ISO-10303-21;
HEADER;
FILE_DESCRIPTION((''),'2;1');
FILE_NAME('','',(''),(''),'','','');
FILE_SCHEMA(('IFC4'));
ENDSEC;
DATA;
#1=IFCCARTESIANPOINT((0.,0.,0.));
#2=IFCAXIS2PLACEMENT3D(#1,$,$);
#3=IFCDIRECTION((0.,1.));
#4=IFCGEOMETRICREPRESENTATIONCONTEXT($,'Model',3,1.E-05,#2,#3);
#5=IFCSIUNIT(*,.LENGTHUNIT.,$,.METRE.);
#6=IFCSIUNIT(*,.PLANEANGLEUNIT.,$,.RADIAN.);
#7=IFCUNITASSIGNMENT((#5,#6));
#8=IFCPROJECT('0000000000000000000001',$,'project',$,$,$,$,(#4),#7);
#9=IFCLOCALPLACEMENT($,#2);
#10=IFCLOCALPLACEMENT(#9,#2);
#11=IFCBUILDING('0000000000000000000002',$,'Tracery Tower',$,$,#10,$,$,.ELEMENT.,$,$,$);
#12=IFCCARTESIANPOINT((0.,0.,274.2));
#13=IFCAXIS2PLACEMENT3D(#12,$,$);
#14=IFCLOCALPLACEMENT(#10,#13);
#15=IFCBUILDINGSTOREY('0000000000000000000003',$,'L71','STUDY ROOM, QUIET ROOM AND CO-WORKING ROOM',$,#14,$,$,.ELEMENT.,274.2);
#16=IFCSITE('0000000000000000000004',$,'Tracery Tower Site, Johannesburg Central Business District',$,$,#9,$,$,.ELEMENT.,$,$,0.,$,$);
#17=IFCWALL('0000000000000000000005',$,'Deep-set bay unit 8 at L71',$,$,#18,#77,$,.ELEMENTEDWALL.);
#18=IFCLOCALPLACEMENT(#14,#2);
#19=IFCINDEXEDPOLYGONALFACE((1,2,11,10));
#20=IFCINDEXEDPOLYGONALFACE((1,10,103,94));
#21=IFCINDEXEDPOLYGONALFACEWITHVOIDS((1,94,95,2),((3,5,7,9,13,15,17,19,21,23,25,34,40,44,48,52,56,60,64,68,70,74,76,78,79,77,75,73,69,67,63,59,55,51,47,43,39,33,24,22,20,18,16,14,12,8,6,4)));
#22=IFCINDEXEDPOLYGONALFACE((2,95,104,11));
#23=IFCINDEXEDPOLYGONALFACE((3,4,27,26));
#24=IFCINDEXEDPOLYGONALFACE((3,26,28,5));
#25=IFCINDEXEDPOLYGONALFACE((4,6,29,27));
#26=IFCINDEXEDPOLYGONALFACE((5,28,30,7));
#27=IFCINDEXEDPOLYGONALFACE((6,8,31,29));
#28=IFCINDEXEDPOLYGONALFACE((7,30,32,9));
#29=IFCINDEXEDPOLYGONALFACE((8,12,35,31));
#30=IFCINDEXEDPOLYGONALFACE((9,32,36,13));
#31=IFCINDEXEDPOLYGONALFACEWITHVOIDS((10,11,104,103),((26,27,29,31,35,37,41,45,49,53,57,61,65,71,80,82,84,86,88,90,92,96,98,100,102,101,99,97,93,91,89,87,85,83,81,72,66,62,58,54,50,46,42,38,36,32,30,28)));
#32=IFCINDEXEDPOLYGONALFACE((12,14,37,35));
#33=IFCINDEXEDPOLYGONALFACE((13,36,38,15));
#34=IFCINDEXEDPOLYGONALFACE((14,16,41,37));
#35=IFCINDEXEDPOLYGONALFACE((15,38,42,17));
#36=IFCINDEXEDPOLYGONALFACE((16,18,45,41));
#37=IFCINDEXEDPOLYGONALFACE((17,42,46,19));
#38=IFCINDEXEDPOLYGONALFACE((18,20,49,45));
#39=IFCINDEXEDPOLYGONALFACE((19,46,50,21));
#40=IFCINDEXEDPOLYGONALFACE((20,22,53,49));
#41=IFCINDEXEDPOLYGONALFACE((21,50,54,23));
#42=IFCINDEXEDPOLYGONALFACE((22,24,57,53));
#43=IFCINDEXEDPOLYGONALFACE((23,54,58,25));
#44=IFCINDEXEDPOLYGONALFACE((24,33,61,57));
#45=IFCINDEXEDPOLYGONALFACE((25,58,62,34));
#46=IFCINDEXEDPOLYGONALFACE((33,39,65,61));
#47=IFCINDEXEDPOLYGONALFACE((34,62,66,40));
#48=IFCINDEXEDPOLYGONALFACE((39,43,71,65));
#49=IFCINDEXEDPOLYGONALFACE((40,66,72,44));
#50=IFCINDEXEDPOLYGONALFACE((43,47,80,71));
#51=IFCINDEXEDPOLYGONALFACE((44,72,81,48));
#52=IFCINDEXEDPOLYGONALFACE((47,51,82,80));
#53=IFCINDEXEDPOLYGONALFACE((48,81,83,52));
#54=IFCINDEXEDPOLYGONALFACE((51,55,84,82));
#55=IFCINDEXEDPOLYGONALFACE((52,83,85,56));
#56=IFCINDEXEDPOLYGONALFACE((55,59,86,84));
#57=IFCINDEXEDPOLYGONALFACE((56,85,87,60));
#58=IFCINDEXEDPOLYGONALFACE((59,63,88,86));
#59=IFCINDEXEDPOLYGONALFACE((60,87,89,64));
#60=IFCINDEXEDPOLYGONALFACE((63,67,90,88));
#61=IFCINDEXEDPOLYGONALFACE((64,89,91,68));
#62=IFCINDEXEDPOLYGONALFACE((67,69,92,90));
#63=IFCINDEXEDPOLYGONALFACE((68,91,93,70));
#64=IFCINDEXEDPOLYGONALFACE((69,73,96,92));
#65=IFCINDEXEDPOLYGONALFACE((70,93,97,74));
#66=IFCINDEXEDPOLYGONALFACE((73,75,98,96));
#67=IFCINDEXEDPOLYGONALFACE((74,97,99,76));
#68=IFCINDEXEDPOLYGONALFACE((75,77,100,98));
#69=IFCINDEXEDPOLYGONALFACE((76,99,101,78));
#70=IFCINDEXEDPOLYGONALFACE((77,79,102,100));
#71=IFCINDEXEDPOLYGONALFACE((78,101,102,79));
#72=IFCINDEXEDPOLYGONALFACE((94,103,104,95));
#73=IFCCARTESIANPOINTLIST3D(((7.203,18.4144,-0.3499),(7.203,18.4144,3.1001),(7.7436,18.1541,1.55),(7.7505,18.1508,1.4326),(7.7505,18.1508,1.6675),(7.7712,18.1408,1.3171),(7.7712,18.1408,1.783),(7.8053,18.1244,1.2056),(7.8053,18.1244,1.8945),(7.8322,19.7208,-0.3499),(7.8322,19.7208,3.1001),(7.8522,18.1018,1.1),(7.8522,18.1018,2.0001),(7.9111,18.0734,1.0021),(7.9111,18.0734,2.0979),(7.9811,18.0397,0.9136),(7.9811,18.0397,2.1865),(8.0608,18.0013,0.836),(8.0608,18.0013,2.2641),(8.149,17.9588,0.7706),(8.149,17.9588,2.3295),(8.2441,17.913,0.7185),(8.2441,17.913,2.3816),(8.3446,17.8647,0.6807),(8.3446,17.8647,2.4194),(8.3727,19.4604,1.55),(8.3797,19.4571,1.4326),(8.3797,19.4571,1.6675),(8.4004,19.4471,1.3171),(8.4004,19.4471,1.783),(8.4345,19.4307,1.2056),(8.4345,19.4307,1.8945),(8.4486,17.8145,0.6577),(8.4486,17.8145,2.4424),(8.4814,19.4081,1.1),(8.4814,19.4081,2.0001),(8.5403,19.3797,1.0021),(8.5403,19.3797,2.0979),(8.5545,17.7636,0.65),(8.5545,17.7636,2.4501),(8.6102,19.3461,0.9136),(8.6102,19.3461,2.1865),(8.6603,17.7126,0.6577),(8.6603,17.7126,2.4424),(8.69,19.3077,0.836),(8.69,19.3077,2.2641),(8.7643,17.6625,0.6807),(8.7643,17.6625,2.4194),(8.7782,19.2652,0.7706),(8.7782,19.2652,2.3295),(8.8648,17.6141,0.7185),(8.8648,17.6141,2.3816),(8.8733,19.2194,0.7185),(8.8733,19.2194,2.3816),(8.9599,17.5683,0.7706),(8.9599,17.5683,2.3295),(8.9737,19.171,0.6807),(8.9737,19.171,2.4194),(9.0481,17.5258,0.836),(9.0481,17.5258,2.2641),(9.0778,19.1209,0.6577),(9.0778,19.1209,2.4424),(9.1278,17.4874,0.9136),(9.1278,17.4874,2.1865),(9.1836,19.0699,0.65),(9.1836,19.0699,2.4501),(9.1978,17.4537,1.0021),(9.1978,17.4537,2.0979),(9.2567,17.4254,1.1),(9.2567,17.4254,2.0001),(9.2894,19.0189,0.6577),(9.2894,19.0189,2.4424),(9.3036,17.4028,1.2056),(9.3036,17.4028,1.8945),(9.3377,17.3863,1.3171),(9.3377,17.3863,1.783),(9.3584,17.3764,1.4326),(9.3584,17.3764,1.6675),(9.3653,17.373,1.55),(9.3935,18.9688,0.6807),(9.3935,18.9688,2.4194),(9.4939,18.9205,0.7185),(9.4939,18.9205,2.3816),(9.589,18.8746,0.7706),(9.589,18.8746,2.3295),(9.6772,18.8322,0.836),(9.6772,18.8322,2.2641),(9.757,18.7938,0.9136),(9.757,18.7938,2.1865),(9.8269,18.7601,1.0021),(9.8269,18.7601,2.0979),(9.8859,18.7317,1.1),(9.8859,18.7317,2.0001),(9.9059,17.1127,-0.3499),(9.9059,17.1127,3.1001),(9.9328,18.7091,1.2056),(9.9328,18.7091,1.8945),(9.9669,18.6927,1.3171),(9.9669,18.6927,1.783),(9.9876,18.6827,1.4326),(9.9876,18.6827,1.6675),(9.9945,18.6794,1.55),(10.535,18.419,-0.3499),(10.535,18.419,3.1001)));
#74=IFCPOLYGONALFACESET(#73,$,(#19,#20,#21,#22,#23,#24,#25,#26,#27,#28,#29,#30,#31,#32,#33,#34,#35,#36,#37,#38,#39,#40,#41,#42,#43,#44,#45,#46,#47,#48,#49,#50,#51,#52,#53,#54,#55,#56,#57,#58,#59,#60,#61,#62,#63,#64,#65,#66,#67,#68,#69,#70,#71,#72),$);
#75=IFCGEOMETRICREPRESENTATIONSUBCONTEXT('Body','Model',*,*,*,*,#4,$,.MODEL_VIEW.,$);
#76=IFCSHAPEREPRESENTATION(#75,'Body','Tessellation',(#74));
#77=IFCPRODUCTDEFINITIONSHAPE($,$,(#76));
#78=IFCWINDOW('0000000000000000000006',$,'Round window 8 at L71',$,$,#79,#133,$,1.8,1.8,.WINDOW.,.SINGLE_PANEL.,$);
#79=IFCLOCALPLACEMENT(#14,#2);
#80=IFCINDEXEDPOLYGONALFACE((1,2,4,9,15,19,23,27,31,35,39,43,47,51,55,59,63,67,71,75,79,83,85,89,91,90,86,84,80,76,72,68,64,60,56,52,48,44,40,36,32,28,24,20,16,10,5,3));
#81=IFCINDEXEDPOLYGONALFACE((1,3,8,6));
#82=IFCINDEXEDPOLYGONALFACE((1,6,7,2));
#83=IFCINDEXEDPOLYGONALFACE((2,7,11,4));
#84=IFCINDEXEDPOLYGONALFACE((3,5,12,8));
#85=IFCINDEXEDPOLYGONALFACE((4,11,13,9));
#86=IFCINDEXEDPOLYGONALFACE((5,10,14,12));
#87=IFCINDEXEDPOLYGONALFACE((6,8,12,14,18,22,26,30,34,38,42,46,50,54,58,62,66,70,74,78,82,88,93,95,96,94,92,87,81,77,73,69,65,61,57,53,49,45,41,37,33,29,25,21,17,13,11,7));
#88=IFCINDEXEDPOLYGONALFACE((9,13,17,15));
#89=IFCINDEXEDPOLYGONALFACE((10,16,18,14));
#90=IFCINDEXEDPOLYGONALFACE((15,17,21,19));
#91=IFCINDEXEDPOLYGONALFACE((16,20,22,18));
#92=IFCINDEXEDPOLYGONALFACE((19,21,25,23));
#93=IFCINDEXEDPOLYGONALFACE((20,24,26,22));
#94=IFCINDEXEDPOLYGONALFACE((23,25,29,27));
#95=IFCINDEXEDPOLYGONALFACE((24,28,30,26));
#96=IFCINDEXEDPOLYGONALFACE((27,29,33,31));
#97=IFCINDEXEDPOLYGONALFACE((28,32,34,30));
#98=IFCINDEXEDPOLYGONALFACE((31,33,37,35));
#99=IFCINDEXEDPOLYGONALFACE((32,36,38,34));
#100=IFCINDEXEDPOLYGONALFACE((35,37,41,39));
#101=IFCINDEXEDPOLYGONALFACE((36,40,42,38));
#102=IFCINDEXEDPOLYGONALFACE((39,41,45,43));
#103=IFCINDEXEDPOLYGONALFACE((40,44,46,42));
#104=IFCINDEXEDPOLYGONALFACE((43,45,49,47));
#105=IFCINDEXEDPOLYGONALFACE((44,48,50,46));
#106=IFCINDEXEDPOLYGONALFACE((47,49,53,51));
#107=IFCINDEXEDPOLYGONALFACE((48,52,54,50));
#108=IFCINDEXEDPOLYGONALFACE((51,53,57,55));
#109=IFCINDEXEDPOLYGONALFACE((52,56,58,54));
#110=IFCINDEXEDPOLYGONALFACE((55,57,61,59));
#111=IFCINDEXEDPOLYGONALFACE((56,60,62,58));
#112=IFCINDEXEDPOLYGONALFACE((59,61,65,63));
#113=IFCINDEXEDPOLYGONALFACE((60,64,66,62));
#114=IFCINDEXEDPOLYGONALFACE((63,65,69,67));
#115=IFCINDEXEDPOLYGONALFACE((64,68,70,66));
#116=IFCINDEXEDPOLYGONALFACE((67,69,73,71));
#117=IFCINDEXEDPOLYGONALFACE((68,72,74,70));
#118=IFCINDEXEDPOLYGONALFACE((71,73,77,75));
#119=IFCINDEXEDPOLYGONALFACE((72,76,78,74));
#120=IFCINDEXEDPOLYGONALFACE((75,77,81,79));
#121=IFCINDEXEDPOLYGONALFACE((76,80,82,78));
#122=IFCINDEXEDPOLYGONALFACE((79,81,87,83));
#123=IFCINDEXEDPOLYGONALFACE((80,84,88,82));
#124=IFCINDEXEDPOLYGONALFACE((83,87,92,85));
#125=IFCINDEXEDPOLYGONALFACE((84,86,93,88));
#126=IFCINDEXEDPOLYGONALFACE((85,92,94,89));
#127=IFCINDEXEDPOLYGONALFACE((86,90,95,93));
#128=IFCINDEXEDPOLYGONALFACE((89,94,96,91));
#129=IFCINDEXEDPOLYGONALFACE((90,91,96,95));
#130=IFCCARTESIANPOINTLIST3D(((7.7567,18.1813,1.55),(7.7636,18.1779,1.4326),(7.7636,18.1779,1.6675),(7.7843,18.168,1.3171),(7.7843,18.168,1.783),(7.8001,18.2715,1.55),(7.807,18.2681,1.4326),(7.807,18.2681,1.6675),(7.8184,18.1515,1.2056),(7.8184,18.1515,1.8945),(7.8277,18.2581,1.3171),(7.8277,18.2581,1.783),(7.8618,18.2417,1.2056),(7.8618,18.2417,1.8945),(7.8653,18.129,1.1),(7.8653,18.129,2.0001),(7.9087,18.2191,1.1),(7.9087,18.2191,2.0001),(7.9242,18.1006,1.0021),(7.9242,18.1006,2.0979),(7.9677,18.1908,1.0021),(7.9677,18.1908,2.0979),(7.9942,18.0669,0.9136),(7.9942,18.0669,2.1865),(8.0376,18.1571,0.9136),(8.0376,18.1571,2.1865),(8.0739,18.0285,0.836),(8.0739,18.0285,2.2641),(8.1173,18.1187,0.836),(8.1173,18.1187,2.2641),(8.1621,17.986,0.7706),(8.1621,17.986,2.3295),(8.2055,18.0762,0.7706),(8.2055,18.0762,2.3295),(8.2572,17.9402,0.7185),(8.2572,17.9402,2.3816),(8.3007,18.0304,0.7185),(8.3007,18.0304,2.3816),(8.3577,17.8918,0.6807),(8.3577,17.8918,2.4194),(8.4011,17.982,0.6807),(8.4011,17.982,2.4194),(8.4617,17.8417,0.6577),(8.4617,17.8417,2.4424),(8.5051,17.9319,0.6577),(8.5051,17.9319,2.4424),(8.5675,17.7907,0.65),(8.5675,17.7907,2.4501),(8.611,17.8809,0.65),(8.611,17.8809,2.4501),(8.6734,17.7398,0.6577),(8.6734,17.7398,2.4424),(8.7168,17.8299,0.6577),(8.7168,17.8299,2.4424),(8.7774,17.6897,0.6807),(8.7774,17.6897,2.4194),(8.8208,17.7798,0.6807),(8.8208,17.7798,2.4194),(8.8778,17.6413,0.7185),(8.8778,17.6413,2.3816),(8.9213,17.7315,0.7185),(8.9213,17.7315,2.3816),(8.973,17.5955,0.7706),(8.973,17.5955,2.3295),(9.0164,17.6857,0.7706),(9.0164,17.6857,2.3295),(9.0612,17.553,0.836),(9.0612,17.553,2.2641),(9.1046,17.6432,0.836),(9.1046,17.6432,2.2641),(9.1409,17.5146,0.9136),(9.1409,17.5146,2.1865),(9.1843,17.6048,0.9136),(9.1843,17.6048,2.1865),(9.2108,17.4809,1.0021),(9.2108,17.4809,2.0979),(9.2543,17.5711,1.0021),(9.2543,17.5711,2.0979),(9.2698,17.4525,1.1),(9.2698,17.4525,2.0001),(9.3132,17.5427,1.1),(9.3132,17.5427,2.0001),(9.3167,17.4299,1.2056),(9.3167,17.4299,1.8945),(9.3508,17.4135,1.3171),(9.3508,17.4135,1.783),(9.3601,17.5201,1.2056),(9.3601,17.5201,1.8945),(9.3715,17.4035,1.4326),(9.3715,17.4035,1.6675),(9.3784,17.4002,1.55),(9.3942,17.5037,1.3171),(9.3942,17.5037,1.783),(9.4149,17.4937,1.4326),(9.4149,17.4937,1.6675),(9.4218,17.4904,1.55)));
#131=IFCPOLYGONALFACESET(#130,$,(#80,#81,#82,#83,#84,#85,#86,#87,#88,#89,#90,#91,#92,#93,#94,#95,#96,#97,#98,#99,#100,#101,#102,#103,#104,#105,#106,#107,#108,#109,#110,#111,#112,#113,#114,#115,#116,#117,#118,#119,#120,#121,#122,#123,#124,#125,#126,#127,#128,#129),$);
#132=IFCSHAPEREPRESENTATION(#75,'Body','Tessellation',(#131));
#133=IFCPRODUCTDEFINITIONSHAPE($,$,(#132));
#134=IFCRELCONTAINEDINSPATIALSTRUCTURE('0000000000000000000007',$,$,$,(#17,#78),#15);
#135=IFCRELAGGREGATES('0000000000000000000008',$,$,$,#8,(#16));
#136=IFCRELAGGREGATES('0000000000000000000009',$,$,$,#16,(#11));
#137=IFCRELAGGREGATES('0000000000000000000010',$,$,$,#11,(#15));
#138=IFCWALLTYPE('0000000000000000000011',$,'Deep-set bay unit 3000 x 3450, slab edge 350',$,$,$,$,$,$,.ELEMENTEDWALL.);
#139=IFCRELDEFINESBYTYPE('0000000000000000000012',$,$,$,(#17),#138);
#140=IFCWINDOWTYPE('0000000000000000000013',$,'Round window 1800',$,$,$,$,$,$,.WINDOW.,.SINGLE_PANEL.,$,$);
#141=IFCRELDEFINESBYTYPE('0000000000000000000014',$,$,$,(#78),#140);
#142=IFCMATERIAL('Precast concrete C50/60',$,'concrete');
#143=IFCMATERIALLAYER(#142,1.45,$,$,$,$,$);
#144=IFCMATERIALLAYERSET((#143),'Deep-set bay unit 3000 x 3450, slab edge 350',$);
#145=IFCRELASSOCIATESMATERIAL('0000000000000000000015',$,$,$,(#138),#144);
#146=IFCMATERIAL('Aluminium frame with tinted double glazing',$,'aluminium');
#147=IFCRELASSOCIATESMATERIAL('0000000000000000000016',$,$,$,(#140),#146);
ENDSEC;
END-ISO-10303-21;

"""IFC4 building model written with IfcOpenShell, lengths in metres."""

from ifc_helpers import new_model, si_unit, direction, frame, frame_2d, origin, origin_2d, place, context, subcontext, project, spatial, rectangle, circle, extrude, material, layer, layer_set, type_object, element, fill, save


model = new_model("IFC4")

# Units and contexts
model_context = context("Model", 3, precision=1e-05, world=origin(), true_north=direction((0.0, 1.0)))
body_context = subcontext(model_context, "Body", "Model", "MODEL_VIEW")
ifc_project = project(units=[si_unit("LENGTHUNIT", "METRE"), si_unit("PLANEANGLEUNIT", "RADIAN")], contexts=[model_context])

# Site, building, storey
site_placement = place(None, origin())
site = spatial("IfcSite", under=ifc_project, at=site_placement, Name="Tracery Tower Site, Johannesburg Central Business District", CompositionType="ELEMENT", RefElevation=0.0)
building_placement = place(site_placement, origin())
building = spatial("IfcBuilding", under=site, at=building_placement, Name="Tracery Tower", CompositionType="ELEMENT")
storey_placement = place(building_placement, frame((0.0, 0.0, 274.2)))
storey = spatial("IfcBuildingStorey", under=building, at=storey_placement, Name="L71", Description="STUDY ROOM, QUIET ROOM AND CO-WORKING ROOM", CompositionType="ELEMENT", Elevation=274.2)

# Wall, opening, window
ifc_material_1 = material(Name="Precast concrete C50/60", Category="concrete")
ifc_layer_1 = layer(ifc_material_1, 1.45)
ifc_layer_set_1 = layer_set([ifc_layer_1], Name="Deep-set bay unit 3000 x 3450, slab edge 350")
wall_type_1 = type_object("IfcWallType", Name="Deep-set bay unit 3000 x 3450, slab edge 350", PredefinedType="ELEMENTEDWALL", material=ifc_layer_set_1)
ifc_material_2 = material(Name="Aluminium frame with tinted double glazing", Category="aluminium")
window_type = type_object("IfcWindowType", Name="Round window 1800", PartitioningType="SINGLE_PANEL", PredefinedType="WINDOW", material=ifc_material_2)
wall_1_placement = place(storey_placement, frame((10.2205, 17.7659, -0.3499), z_axis=(0.0, 0.0, 1.0), x_axis=(-0.900953, 0.433916, 0.0)))
wall_1 = element("IfcWall", 1, at=wall_1_placement, inside=storey, type_object=wall_type_1, Name="Deep-set bay unit 8 at L71", PredefinedType="ELEMENTEDWALL", context=body_context, shape_type="SweptSolid", body=[
    extrude(rectangle(XDim=3.0, YDim=1.45, at=frame_2d((1.5, 0.0))), origin(), (0.0, 0.0, 1.0), 3.45),
])
opening_1_placement = place(wall_1_placement, frame((1.5, 0.0, 1.8999)))
opening_1 = element("IfcOpeningElement", 2, at=opening_1_placement, cuts=wall_1, PredefinedType="OPENING", context=body_context, shape_type="SweptSolid", body=[
    extrude(circle(Radius=0.9, at=origin_2d()), frame((0.0, 0.7349, 0.0), z_axis=(0.0, -1.0, 0.0), x_axis=(1.0, 0.0, 0.0)), (0.0, 0.0, 1.0), 1.47),
])
window_1_placement = place(opening_1_placement, origin())
window_1 = element("IfcWindow", 3, at=window_1_placement, inside=storey, type_object=window_type, Name="Round window 8 at L71", OverallHeight=1.8, OverallWidth=1.8, PartitioningType="SINGLE_PANEL", PredefinedType="WINDOW", context=body_context, shape_type="SweptSolid", body=[
    extrude(circle(Radius=0.9, at=origin_2d()), frame((0.0, 0.6948, 0.0), z_axis=(0.0, -1.0, 0.0), x_axis=(1.0, 0.0, 0.0)), (0.0, 0.0, 1.0), 0.1001),
])
fill(opening_1, window_1)

save(model, "model.ifc")
